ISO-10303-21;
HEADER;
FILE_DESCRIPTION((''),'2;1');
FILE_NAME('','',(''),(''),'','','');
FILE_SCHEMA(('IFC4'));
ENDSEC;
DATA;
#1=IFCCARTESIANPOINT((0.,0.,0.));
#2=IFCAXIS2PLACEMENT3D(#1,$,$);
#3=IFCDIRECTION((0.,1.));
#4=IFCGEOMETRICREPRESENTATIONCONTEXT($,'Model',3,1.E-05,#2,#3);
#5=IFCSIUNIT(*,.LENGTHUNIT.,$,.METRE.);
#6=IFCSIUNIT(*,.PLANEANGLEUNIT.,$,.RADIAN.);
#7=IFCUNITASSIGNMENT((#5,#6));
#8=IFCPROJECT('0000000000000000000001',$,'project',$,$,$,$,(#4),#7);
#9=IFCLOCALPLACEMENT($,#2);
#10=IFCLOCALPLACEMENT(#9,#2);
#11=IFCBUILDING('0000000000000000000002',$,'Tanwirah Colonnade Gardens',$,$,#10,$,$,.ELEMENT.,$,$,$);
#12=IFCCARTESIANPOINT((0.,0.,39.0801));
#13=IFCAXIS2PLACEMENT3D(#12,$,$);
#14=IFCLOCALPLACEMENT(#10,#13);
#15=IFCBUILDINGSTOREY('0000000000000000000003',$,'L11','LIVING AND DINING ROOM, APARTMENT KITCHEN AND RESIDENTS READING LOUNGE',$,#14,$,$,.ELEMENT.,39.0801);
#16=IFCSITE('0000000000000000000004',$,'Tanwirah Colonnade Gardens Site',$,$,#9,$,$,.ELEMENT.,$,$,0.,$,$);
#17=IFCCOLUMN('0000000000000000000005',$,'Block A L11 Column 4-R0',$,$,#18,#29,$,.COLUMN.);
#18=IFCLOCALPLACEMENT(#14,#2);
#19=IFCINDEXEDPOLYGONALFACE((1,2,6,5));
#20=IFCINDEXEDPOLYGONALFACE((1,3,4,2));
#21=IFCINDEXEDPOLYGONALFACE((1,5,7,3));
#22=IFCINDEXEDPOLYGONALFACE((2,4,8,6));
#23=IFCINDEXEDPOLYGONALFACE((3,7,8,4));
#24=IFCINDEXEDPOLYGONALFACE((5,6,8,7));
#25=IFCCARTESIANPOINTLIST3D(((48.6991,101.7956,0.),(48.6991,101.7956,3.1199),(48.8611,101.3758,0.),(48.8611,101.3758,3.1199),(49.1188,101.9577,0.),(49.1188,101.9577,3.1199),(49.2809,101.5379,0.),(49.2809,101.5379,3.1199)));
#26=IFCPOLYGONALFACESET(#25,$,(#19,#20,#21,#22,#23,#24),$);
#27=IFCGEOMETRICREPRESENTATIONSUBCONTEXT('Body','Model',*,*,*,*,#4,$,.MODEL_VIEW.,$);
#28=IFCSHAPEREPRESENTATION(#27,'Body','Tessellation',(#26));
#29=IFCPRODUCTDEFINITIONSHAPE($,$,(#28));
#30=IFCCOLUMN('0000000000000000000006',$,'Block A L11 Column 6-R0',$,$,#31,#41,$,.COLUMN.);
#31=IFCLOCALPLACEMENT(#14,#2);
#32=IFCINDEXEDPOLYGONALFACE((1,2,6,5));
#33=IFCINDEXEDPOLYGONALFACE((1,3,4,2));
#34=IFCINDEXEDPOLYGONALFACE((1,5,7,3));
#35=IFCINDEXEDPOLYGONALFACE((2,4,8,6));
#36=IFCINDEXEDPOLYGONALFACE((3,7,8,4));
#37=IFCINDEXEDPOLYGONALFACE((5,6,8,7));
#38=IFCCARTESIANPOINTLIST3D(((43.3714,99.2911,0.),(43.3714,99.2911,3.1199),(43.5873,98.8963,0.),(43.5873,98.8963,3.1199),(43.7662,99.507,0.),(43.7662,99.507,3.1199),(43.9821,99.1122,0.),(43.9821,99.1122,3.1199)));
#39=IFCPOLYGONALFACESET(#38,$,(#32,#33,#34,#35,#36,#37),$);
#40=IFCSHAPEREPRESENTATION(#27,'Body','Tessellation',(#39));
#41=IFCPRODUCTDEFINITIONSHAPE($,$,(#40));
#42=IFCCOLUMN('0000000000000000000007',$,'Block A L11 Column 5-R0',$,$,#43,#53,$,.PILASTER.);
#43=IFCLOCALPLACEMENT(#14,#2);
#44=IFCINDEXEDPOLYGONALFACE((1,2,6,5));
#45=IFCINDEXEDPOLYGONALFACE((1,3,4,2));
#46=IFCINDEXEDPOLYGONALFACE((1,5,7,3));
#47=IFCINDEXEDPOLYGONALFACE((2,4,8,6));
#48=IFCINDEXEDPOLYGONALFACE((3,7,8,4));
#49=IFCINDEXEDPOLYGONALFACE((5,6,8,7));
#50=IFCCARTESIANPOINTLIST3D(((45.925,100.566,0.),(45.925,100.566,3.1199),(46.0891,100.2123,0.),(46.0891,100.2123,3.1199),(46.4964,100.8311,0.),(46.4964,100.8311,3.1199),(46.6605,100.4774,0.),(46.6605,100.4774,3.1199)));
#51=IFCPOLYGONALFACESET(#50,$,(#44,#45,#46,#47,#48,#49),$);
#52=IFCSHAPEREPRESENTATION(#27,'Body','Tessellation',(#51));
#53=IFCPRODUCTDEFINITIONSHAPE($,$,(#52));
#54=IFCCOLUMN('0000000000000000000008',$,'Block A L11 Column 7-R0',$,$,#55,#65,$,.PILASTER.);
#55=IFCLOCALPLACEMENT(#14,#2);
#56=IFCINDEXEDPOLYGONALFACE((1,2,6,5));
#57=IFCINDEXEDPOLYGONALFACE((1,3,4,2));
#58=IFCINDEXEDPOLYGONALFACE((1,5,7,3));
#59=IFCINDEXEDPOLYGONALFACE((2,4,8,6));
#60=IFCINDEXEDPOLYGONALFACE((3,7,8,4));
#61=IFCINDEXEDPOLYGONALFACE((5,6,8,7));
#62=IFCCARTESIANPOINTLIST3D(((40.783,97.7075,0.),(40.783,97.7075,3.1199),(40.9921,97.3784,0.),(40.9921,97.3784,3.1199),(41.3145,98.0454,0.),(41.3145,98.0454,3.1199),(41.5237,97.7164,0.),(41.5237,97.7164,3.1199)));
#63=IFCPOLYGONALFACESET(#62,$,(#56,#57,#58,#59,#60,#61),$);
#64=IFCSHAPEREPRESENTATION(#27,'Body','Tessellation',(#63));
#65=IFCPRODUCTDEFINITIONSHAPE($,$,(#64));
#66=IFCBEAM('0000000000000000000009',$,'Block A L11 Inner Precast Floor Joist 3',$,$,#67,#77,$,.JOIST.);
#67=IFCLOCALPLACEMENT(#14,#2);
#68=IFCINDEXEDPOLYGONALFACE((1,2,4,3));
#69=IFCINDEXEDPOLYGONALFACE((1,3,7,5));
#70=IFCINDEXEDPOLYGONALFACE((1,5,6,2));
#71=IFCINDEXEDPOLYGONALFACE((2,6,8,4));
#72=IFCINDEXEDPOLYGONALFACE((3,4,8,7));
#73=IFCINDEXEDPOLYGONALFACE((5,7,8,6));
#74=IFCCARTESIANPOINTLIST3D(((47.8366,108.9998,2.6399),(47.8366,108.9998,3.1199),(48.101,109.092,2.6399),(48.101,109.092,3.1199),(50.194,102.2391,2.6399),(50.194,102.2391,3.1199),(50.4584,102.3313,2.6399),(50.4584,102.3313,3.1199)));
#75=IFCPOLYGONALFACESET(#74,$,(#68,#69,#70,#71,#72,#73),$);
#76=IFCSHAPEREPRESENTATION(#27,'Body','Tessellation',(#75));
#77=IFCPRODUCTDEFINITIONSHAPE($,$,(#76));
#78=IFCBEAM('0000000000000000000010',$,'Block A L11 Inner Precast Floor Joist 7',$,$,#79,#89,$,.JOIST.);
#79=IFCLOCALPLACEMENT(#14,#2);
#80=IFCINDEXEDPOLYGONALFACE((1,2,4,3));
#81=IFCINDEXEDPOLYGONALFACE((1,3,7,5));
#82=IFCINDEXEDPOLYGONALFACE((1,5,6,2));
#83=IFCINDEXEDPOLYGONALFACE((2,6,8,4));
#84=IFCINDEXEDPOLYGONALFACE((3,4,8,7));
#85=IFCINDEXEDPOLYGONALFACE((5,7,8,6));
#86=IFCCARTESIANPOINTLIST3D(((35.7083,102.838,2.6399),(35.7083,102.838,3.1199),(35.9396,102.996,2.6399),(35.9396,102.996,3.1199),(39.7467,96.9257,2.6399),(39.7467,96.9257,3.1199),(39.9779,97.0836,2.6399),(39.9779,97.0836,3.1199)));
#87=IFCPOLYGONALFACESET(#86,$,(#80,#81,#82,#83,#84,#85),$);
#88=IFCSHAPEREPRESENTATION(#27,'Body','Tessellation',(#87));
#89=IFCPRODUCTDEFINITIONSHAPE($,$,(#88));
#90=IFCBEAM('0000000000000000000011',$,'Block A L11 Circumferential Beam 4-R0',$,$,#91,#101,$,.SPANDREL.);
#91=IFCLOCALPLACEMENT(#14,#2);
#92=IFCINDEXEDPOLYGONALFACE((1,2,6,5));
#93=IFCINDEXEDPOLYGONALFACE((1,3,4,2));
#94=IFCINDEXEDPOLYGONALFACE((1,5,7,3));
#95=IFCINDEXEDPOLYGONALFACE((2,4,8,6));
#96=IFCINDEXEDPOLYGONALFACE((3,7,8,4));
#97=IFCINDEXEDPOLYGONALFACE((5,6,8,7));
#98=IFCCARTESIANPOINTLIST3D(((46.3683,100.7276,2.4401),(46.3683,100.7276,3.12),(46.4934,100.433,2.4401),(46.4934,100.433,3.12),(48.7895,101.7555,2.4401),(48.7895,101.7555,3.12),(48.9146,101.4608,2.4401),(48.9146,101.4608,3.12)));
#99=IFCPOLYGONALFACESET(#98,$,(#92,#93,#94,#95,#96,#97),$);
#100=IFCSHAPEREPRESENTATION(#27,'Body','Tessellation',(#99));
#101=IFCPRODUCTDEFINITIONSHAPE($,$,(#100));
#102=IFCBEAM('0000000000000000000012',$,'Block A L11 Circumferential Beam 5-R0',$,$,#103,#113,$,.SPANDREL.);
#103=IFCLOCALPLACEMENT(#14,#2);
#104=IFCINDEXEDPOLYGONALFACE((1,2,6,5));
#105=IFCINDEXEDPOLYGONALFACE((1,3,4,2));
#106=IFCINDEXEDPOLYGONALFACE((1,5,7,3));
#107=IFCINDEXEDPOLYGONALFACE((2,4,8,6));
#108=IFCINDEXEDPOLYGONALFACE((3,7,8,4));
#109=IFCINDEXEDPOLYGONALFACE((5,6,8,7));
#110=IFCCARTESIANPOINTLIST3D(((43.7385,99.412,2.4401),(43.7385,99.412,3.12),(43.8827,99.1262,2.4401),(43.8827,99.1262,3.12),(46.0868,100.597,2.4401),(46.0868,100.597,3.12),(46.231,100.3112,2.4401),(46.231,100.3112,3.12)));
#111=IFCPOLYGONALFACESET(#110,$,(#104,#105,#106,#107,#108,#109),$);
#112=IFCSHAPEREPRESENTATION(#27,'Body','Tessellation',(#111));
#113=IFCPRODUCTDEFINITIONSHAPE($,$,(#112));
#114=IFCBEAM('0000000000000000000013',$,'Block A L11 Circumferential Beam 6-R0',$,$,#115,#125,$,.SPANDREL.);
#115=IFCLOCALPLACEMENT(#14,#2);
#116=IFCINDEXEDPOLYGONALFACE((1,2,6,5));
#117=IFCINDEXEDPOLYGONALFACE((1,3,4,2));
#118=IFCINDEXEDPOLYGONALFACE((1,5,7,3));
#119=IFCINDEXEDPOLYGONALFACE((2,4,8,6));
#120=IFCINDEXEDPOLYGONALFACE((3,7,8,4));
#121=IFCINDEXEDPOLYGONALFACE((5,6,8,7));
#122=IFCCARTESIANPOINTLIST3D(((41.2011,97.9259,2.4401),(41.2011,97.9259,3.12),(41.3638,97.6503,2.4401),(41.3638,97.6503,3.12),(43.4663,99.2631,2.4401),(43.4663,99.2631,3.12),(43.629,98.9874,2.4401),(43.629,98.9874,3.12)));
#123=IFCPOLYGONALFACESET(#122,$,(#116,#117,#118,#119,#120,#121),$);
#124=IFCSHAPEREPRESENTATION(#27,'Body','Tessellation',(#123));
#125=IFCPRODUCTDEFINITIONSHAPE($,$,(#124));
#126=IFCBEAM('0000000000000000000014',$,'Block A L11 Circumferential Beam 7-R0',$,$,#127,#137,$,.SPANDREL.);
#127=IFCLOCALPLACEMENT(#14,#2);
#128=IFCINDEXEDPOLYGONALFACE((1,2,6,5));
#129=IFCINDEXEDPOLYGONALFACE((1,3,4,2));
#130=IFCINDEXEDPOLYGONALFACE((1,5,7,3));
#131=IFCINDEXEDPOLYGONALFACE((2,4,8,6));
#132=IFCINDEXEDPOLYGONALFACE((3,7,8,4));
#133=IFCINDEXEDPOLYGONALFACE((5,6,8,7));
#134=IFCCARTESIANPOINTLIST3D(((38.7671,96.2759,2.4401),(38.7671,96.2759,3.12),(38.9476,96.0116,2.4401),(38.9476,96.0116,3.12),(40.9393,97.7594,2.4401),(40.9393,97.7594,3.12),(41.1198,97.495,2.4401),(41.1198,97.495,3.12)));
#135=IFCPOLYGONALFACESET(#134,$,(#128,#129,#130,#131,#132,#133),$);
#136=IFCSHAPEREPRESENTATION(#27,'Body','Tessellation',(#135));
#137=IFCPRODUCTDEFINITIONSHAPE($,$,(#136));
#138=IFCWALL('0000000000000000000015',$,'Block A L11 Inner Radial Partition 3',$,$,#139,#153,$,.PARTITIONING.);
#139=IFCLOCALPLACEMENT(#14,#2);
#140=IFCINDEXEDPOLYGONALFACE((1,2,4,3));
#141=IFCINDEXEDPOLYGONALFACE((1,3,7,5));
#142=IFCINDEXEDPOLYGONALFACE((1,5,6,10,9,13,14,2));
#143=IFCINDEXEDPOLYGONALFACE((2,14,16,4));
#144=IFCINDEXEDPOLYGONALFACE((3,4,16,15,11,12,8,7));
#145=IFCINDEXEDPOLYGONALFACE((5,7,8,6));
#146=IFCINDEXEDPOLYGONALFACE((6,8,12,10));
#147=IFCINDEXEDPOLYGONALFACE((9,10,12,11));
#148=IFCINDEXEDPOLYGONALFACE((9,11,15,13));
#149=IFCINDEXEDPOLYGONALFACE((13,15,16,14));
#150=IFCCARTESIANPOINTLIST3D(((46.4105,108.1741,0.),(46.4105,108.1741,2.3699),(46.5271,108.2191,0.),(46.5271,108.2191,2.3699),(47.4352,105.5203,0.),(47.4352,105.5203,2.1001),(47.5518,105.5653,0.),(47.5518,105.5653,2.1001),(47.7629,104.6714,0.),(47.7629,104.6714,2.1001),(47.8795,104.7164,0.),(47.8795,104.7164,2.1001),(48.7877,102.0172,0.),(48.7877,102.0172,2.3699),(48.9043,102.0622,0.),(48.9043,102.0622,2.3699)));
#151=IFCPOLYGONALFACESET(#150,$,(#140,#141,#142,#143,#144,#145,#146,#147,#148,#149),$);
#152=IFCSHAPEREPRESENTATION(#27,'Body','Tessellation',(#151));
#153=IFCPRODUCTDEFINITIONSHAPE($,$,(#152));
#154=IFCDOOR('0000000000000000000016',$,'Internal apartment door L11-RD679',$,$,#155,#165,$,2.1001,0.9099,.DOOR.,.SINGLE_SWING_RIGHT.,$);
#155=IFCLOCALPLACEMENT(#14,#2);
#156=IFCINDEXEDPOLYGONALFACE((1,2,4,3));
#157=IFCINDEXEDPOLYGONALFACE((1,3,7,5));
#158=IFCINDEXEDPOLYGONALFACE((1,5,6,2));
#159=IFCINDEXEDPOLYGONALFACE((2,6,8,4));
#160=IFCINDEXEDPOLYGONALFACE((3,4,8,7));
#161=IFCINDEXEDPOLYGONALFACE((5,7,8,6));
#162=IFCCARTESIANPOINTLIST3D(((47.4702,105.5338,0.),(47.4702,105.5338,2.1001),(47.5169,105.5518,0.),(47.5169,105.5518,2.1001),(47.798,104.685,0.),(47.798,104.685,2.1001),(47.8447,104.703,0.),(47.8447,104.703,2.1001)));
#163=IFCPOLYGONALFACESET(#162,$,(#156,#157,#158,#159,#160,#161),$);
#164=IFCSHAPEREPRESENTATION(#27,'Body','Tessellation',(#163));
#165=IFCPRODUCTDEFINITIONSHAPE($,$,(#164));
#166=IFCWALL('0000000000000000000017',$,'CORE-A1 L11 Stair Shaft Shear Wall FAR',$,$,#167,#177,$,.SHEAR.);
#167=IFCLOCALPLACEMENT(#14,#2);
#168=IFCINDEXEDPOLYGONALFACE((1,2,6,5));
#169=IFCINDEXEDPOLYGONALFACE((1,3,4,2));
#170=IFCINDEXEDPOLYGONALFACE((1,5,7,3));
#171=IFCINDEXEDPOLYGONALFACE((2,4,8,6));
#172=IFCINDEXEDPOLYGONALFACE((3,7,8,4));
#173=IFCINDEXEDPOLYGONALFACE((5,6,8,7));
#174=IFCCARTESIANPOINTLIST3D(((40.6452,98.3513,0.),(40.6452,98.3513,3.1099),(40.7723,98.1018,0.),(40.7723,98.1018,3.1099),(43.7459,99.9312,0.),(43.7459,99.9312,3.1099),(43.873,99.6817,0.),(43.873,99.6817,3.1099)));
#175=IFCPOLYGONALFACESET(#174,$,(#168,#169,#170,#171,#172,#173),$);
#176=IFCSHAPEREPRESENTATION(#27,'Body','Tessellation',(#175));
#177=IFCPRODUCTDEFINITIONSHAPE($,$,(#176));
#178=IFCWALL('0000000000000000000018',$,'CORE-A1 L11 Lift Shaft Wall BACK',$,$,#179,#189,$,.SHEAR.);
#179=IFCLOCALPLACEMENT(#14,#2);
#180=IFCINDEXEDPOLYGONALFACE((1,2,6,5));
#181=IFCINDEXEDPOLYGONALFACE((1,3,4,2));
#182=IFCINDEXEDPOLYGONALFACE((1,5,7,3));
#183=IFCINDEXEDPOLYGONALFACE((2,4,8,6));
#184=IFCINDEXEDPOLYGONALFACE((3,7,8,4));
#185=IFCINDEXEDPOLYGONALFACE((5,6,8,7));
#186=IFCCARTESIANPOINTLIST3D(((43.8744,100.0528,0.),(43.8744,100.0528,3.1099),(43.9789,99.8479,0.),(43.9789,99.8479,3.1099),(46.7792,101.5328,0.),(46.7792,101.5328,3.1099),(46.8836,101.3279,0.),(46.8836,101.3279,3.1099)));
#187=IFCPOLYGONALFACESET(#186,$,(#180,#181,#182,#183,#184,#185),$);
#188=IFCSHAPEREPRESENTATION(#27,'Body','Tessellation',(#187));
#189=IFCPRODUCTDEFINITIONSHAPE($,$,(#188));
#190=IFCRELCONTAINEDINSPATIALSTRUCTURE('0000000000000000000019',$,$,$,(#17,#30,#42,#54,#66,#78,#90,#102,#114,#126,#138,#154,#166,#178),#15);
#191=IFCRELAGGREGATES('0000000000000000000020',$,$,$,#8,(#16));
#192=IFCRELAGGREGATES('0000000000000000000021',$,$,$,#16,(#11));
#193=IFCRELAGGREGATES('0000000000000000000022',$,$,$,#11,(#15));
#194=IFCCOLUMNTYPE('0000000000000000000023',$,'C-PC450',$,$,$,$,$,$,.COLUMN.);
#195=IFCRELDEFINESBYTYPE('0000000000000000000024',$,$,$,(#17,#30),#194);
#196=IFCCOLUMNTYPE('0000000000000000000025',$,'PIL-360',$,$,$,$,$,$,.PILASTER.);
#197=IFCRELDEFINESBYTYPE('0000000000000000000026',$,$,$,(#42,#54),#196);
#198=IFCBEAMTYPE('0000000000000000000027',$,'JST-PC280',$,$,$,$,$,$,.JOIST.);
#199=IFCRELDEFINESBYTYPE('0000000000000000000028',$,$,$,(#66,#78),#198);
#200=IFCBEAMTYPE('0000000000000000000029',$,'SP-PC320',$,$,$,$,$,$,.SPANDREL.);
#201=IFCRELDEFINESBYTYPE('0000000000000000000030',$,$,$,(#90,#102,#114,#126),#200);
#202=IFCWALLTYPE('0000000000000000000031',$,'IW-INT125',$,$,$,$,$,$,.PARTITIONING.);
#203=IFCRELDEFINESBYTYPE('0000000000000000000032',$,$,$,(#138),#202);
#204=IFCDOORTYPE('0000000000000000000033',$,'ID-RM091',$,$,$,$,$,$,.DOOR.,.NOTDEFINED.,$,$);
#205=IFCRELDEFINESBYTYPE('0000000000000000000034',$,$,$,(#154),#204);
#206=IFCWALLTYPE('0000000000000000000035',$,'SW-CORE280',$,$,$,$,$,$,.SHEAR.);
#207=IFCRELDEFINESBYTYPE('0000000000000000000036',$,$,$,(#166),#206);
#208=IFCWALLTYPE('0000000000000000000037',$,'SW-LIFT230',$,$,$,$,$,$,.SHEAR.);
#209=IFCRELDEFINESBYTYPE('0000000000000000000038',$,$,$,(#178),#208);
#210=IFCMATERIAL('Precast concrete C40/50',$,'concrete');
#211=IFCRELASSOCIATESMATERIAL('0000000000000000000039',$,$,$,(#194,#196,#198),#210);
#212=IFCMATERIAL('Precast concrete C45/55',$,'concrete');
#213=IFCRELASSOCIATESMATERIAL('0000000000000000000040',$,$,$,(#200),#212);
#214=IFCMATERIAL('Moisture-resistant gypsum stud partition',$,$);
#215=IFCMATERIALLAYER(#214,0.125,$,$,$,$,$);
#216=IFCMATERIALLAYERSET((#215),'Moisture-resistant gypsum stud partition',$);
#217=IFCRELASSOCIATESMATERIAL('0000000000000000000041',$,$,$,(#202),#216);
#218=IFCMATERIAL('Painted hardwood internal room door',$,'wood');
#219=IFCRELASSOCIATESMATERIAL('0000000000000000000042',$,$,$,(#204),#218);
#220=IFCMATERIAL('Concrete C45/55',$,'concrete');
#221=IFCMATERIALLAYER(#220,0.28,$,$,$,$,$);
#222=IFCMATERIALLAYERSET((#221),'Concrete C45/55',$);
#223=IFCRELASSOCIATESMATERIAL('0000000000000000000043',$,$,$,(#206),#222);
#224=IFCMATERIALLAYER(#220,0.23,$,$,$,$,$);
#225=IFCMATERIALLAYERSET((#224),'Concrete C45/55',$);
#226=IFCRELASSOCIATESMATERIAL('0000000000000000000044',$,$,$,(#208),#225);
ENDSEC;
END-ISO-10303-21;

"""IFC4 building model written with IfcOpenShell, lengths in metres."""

from ifc_helpers import new_model, si_unit, direction, frame, frame_2d, origin, origin_2d, place, context, subcontext, project, spatial, rectangle, extrude, material, layer, layer_set, material_profile, profile_set, type_object, element, fill, save


model = new_model("IFC4")

# Units and contexts
model_context = context("Model", 3, precision=1e-05, world=origin(), true_north=direction((0.0, 1.0)))
body_context = subcontext(model_context, "Body", "Model", "MODEL_VIEW")
ifc_project = project(units=[si_unit("LENGTHUNIT", "METRE"), si_unit("PLANEANGLEUNIT", "RADIAN")], contexts=[model_context])

# Site, building, storey
site_placement = place(None, origin())
site = spatial("IfcSite", under=ifc_project, at=site_placement, Name="Tanwirah Colonnade Gardens Site", CompositionType="ELEMENT", RefElevation=0.0)
building_placement = place(site_placement, origin())
building = spatial("IfcBuilding", under=site, at=building_placement, Name="Tanwirah Colonnade Gardens", CompositionType="ELEMENT")
storey_placement = place(building_placement, frame((0.0, 0.0, 39.0801)))
storey = spatial("IfcBuildingStorey", under=building, at=storey_placement, Name="L11", Description="LIVING AND DINING ROOM, APARTMENT KITCHEN AND RESIDENTS READING LOUNGE", CompositionType="ELEMENT", Elevation=39.0801)

# Columns
ifc_material_1 = material(Name="Precast concrete C40/50", Category="concrete")
ifc_material_profile_1 = material_profile(ifc_material_1, rectangle(XDim=0.45, YDim=0.45, at=origin_2d()), Name="PC-COL 450x450")
ifc_profile_set_1 = profile_set([ifc_material_profile_1], Name="Precast concrete C40/50")
column_type_1 = type_object("IfcColumnType", Name="C-PC450", PredefinedType="COLUMN", material=ifc_profile_set_1)
for number, where, z_axis, x_axis, name in (
    (1, (48.99, 101.6667, 0.0), (0.0, 0.0, 1.0), (-0.360178, 0.932884, 0.0), "Block A L11 Column 4-R0"),
    (2, (43.6768, 99.2017, 0.0), (0.0, 0.0, 1.0), (-0.479713, 0.877425, 0.0), "Block A L11 Column 6-R0"),
):
    element("IfcColumn", number, at=place(storey_placement, frame(where, z_axis=z_axis, x_axis=x_axis)), inside=storey, type_object=column_type_1, Name=name, PredefinedType="COLUMN", context=body_context, shape_type="SweptSolid", body=[
        extrude(rectangle(XDim=0.45, YDim=0.45, at=origin_2d()), origin(), (0.0, 0.0, 1.0), 3.1199),
    ])
ifc_material_profile_2 = material_profile(ifc_material_1, rectangle(XDim=0.3899, YDim=0.6299, at=origin_2d()), Name="PC-PIL 390x630")
ifc_profile_set_2 = profile_set([ifc_material_profile_2], Name="Precast concrete C40/50")
column_type_2 = type_object("IfcColumnType", Name="PIL-360", PredefinedType="PILASTER", material=ifc_profile_set_2)
for number, where, z_axis, x_axis, name in (
    (3, (46.2927, 100.5217, 0.0), (0.0, 0.0, 1.0), (-0.42086, 0.907126, 0.0), "Block A L11 Column 5-R0"),
    (4, (41.1533, 97.7119, 0.0), (0.0, 0.0, 1.0), (-0.536482, 0.843912, 0.0), "Block A L11 Column 7-R0"),
):
    element("IfcColumn", number, at=place(storey_placement, frame(where, z_axis=z_axis, x_axis=x_axis)), inside=storey, type_object=column_type_2, Name=name, PredefinedType="PILASTER", context=body_context, shape_type="SweptSolid", body=[
        extrude(rectangle(XDim=0.3899, YDim=0.6299, at=origin_2d()), origin(), (0.0, 0.0, 1.0), 3.1199),
    ])

# Beams
ifc_material_profile_3 = material_profile(ifc_material_1, rectangle(XDim=0.28, YDim=0.48, at=origin_2d()), Name="PC-JST 280x480")
ifc_profile_set_3 = profile_set([ifc_material_profile_3], Name="Precast concrete C40/50")
beam_type_1 = type_object("IfcBeamType", Name="JST-PC280", PredefinedType="JOIST", material=ifc_profile_set_3)
for number, where, z_axis, x_axis, name in (
    (5, (50.3262, 102.2852, 2.8799), (-0.329251, 0.944243, 0.0), (-0.944243, -0.329251, 0.0), "Block A L11 Inner Precast Floor Joist 3"),
    (6, (39.8623, 97.0046, 2.8799), (-0.564021, 0.82576, 0.0), (-0.82576, -0.564021, 0.0), "Block A L11 Inner Precast Floor Joist 7"),
):
    element("IfcBeam", number, at=place(storey_placement, frame(where, z_axis=z_axis, x_axis=x_axis)), inside=storey, type_object=beam_type_1, Name=name, PredefinedType="JOIST", context=body_context, shape_type="SweptSolid", body=[
        extrude(rectangle(XDim=0.28, YDim=0.48, at=origin_2d()), origin(), (0.0, 0.0, 1.0), 7.1599),
    ])
ifc_material_2 = material(Name="Precast concrete C45/55", Category="concrete")
ifc_material_profile_4 = material_profile(ifc_material_2, rectangle(XDim=0.3201, YDim=0.6799, at=origin_2d()), Name="PC-SP 320x680")
ifc_profile_set_4 = profile_set([ifc_material_profile_4], Name="Precast concrete C45/55")
beam_type_2 = type_object("IfcBeamType", Name="SP-PC320", PredefinedType="SPANDREL", material=ifc_profile_set_4)
for number, where, z_axis, x_axis, name in (
    (7, (48.8521, 101.6082, 2.78), (-0.920489, -0.390769, 0.0), (0.390769, -0.920489, 0.0), "Block A L11 Circumferential Beam 4-R0"),
    (8, (46.1589, 100.4541, 2.78), (-0.892769, -0.450515, 0.0), (0.450515, -0.892769, 0.0), "Block A L11 Circumferential Beam 5-R0"),
    (9, (43.5476, 99.1252, 2.78), (-0.861148, -0.508354, 0.0), (0.508354, -0.861148, 0.0), "Block A L11 Circumferential Beam 6-R0"),
    (10, (41.0295, 97.6272, 2.78), (-0.825801, -0.563962, 0.0), (0.563962, -0.825801, 0.0), "Block A L11 Circumferential Beam 7-R0"),
):
    element("IfcBeam", number, at=place(storey_placement, frame(where, z_axis=z_axis, x_axis=x_axis)), inside=storey, type_object=beam_type_2, Name=name, PredefinedType="SPANDREL", context=body_context, shape_type="SweptSolid", body=[
        extrude(rectangle(XDim=0.3201, YDim=0.6799, at=origin_2d()), origin(), (0.0, 0.0, 1.0), 2.6304),
    ])

# Wall, opening, door
ifc_material_3 = material(Name="Moisture-resistant gypsum stud partition")
ifc_layer_1 = layer(ifc_material_3, 0.125)
ifc_layer_set_1 = layer_set([ifc_layer_1], Name="Moisture-resistant gypsum stud partition")
wall_type_1 = type_object("IfcWallType", Name="IW-INT125", PredefinedType="PARTITIONING", material=ifc_layer_set_1)
wall_1_placement = place(storey_placement, frame((48.8459, 102.0398, 0.0), z_axis=(0.0, 0.0, 1.0), x_axis=(-0.360183, 0.932881, 0.0)))
wall_1 = element("IfcWall", 11, at=wall_1_placement, inside=storey, type_object=wall_type_1, Name="Block A L11 Inner Radial Partition 3", PredefinedType="PARTITIONING", context=body_context, shape_type="SweptSolid", body=[
    extrude(rectangle(XDim=6.5999, YDim=0.125, at=frame_2d((3.2998, 0.0))), origin(), (0.0, 0.0, 1.0), 2.3699),
])
opening_placement = place(wall_1_placement, frame((2.845, 0.0, 0.0)))
opening = element("IfcOpeningElement", 12, at=opening_placement, cuts=wall_1, PredefinedType="OPENING", context=body_context, shape_type="SweptSolid", body=[
    extrude(rectangle(XDim=0.9099, YDim=2.1001, at=frame_2d((0.4551, 1.05))), frame((0.0, 0.0725, 0.0), z_axis=(0.0, -1.0, 0.0), x_axis=(1.0, 0.0, 0.0)), (0.0, 0.0, 1.0), 0.145),
])
ifc_material_4 = material(Name="Painted hardwood internal room door", Category="wood")
door_type = type_object("IfcDoorType", Name="ID-RM091", OperationType="NOTDEFINED", PredefinedType="DOOR", material=ifc_material_4)
door_placement = place(opening_placement, origin())
door = element("IfcDoor", 13, at=door_placement, inside=storey, type_object=door_type, Name="Internal apartment door L11-RD679", OperationType="SINGLE_SWING_RIGHT", OverallHeight=2.1001, OverallWidth=0.9099, PredefinedType="DOOR", context=body_context, shape_type="SweptSolid", body=[
    extrude(rectangle(XDim=0.9099, YDim=2.1001, at=frame_2d((0.4551, 1.05))), frame((0.0, 0.0249, 0.0), z_axis=(0.0, -1.0, 0.0), x_axis=(1.0, 0.0, 0.0)), (0.0, 0.0, 1.0), 0.05),
])
fill(opening, door)

# Walls
ifc_material_5 = material(Name="Concrete C45/55", Category="concrete")
ifc_layer_2 = layer(ifc_material_5, 0.28)
ifc_layer_set_2 = layer_set([ifc_layer_2], Name="Concrete C45/55")
wall_type_2 = type_object("IfcWallType", Name="SW-CORE280", PredefinedType="SHEAR", material=ifc_layer_set_2)
wall_2_placement = place(storey_placement, frame((40.7087, 98.2266, 0.0), z_axis=(0.0, 0.0, 1.0), x_axis=(0.891006, 0.453992, 0.0)))
element("IfcWall", 14, at=wall_2_placement, inside=storey, type_object=wall_type_2, Name="CORE-A1 L11 Stair Shaft Shear Wall FAR", PredefinedType="SHEAR", context=body_context, shape_type="SweptSolid", body=[
    extrude(rectangle(XDim=3.48, YDim=0.28, at=frame_2d((1.74, 0.0))), origin(), (0.0, 0.0, 1.0), 3.1099),
])
ifc_layer_3 = layer(ifc_material_5, 0.23)
ifc_layer_set_3 = layer_set([ifc_layer_3], Name="Concrete C45/55")
wall_type_3 = type_object("IfcWallType", Name="SW-LIFT230", PredefinedType="SHEAR", material=ifc_layer_set_3)
wall_3_placement = place(storey_placement, frame((43.9268, 99.9504, 0.0), z_axis=(0.0, 0.0, 1.0), x_axis=(0.891017, 0.453971, 0.0)))
element("IfcWall", 15, at=wall_3_placement, inside=storey, type_object=wall_type_3, Name="CORE-A1 L11 Lift Shaft Wall BACK", PredefinedType="SHEAR", context=body_context, shape_type="SweptSolid", body=[
    extrude(rectangle(XDim=3.26, YDim=0.23, at=frame_2d((1.6299, 0.0))), origin(), (0.0, 0.0, 1.0), 3.1099),
])

save(model, "model.ifc")
